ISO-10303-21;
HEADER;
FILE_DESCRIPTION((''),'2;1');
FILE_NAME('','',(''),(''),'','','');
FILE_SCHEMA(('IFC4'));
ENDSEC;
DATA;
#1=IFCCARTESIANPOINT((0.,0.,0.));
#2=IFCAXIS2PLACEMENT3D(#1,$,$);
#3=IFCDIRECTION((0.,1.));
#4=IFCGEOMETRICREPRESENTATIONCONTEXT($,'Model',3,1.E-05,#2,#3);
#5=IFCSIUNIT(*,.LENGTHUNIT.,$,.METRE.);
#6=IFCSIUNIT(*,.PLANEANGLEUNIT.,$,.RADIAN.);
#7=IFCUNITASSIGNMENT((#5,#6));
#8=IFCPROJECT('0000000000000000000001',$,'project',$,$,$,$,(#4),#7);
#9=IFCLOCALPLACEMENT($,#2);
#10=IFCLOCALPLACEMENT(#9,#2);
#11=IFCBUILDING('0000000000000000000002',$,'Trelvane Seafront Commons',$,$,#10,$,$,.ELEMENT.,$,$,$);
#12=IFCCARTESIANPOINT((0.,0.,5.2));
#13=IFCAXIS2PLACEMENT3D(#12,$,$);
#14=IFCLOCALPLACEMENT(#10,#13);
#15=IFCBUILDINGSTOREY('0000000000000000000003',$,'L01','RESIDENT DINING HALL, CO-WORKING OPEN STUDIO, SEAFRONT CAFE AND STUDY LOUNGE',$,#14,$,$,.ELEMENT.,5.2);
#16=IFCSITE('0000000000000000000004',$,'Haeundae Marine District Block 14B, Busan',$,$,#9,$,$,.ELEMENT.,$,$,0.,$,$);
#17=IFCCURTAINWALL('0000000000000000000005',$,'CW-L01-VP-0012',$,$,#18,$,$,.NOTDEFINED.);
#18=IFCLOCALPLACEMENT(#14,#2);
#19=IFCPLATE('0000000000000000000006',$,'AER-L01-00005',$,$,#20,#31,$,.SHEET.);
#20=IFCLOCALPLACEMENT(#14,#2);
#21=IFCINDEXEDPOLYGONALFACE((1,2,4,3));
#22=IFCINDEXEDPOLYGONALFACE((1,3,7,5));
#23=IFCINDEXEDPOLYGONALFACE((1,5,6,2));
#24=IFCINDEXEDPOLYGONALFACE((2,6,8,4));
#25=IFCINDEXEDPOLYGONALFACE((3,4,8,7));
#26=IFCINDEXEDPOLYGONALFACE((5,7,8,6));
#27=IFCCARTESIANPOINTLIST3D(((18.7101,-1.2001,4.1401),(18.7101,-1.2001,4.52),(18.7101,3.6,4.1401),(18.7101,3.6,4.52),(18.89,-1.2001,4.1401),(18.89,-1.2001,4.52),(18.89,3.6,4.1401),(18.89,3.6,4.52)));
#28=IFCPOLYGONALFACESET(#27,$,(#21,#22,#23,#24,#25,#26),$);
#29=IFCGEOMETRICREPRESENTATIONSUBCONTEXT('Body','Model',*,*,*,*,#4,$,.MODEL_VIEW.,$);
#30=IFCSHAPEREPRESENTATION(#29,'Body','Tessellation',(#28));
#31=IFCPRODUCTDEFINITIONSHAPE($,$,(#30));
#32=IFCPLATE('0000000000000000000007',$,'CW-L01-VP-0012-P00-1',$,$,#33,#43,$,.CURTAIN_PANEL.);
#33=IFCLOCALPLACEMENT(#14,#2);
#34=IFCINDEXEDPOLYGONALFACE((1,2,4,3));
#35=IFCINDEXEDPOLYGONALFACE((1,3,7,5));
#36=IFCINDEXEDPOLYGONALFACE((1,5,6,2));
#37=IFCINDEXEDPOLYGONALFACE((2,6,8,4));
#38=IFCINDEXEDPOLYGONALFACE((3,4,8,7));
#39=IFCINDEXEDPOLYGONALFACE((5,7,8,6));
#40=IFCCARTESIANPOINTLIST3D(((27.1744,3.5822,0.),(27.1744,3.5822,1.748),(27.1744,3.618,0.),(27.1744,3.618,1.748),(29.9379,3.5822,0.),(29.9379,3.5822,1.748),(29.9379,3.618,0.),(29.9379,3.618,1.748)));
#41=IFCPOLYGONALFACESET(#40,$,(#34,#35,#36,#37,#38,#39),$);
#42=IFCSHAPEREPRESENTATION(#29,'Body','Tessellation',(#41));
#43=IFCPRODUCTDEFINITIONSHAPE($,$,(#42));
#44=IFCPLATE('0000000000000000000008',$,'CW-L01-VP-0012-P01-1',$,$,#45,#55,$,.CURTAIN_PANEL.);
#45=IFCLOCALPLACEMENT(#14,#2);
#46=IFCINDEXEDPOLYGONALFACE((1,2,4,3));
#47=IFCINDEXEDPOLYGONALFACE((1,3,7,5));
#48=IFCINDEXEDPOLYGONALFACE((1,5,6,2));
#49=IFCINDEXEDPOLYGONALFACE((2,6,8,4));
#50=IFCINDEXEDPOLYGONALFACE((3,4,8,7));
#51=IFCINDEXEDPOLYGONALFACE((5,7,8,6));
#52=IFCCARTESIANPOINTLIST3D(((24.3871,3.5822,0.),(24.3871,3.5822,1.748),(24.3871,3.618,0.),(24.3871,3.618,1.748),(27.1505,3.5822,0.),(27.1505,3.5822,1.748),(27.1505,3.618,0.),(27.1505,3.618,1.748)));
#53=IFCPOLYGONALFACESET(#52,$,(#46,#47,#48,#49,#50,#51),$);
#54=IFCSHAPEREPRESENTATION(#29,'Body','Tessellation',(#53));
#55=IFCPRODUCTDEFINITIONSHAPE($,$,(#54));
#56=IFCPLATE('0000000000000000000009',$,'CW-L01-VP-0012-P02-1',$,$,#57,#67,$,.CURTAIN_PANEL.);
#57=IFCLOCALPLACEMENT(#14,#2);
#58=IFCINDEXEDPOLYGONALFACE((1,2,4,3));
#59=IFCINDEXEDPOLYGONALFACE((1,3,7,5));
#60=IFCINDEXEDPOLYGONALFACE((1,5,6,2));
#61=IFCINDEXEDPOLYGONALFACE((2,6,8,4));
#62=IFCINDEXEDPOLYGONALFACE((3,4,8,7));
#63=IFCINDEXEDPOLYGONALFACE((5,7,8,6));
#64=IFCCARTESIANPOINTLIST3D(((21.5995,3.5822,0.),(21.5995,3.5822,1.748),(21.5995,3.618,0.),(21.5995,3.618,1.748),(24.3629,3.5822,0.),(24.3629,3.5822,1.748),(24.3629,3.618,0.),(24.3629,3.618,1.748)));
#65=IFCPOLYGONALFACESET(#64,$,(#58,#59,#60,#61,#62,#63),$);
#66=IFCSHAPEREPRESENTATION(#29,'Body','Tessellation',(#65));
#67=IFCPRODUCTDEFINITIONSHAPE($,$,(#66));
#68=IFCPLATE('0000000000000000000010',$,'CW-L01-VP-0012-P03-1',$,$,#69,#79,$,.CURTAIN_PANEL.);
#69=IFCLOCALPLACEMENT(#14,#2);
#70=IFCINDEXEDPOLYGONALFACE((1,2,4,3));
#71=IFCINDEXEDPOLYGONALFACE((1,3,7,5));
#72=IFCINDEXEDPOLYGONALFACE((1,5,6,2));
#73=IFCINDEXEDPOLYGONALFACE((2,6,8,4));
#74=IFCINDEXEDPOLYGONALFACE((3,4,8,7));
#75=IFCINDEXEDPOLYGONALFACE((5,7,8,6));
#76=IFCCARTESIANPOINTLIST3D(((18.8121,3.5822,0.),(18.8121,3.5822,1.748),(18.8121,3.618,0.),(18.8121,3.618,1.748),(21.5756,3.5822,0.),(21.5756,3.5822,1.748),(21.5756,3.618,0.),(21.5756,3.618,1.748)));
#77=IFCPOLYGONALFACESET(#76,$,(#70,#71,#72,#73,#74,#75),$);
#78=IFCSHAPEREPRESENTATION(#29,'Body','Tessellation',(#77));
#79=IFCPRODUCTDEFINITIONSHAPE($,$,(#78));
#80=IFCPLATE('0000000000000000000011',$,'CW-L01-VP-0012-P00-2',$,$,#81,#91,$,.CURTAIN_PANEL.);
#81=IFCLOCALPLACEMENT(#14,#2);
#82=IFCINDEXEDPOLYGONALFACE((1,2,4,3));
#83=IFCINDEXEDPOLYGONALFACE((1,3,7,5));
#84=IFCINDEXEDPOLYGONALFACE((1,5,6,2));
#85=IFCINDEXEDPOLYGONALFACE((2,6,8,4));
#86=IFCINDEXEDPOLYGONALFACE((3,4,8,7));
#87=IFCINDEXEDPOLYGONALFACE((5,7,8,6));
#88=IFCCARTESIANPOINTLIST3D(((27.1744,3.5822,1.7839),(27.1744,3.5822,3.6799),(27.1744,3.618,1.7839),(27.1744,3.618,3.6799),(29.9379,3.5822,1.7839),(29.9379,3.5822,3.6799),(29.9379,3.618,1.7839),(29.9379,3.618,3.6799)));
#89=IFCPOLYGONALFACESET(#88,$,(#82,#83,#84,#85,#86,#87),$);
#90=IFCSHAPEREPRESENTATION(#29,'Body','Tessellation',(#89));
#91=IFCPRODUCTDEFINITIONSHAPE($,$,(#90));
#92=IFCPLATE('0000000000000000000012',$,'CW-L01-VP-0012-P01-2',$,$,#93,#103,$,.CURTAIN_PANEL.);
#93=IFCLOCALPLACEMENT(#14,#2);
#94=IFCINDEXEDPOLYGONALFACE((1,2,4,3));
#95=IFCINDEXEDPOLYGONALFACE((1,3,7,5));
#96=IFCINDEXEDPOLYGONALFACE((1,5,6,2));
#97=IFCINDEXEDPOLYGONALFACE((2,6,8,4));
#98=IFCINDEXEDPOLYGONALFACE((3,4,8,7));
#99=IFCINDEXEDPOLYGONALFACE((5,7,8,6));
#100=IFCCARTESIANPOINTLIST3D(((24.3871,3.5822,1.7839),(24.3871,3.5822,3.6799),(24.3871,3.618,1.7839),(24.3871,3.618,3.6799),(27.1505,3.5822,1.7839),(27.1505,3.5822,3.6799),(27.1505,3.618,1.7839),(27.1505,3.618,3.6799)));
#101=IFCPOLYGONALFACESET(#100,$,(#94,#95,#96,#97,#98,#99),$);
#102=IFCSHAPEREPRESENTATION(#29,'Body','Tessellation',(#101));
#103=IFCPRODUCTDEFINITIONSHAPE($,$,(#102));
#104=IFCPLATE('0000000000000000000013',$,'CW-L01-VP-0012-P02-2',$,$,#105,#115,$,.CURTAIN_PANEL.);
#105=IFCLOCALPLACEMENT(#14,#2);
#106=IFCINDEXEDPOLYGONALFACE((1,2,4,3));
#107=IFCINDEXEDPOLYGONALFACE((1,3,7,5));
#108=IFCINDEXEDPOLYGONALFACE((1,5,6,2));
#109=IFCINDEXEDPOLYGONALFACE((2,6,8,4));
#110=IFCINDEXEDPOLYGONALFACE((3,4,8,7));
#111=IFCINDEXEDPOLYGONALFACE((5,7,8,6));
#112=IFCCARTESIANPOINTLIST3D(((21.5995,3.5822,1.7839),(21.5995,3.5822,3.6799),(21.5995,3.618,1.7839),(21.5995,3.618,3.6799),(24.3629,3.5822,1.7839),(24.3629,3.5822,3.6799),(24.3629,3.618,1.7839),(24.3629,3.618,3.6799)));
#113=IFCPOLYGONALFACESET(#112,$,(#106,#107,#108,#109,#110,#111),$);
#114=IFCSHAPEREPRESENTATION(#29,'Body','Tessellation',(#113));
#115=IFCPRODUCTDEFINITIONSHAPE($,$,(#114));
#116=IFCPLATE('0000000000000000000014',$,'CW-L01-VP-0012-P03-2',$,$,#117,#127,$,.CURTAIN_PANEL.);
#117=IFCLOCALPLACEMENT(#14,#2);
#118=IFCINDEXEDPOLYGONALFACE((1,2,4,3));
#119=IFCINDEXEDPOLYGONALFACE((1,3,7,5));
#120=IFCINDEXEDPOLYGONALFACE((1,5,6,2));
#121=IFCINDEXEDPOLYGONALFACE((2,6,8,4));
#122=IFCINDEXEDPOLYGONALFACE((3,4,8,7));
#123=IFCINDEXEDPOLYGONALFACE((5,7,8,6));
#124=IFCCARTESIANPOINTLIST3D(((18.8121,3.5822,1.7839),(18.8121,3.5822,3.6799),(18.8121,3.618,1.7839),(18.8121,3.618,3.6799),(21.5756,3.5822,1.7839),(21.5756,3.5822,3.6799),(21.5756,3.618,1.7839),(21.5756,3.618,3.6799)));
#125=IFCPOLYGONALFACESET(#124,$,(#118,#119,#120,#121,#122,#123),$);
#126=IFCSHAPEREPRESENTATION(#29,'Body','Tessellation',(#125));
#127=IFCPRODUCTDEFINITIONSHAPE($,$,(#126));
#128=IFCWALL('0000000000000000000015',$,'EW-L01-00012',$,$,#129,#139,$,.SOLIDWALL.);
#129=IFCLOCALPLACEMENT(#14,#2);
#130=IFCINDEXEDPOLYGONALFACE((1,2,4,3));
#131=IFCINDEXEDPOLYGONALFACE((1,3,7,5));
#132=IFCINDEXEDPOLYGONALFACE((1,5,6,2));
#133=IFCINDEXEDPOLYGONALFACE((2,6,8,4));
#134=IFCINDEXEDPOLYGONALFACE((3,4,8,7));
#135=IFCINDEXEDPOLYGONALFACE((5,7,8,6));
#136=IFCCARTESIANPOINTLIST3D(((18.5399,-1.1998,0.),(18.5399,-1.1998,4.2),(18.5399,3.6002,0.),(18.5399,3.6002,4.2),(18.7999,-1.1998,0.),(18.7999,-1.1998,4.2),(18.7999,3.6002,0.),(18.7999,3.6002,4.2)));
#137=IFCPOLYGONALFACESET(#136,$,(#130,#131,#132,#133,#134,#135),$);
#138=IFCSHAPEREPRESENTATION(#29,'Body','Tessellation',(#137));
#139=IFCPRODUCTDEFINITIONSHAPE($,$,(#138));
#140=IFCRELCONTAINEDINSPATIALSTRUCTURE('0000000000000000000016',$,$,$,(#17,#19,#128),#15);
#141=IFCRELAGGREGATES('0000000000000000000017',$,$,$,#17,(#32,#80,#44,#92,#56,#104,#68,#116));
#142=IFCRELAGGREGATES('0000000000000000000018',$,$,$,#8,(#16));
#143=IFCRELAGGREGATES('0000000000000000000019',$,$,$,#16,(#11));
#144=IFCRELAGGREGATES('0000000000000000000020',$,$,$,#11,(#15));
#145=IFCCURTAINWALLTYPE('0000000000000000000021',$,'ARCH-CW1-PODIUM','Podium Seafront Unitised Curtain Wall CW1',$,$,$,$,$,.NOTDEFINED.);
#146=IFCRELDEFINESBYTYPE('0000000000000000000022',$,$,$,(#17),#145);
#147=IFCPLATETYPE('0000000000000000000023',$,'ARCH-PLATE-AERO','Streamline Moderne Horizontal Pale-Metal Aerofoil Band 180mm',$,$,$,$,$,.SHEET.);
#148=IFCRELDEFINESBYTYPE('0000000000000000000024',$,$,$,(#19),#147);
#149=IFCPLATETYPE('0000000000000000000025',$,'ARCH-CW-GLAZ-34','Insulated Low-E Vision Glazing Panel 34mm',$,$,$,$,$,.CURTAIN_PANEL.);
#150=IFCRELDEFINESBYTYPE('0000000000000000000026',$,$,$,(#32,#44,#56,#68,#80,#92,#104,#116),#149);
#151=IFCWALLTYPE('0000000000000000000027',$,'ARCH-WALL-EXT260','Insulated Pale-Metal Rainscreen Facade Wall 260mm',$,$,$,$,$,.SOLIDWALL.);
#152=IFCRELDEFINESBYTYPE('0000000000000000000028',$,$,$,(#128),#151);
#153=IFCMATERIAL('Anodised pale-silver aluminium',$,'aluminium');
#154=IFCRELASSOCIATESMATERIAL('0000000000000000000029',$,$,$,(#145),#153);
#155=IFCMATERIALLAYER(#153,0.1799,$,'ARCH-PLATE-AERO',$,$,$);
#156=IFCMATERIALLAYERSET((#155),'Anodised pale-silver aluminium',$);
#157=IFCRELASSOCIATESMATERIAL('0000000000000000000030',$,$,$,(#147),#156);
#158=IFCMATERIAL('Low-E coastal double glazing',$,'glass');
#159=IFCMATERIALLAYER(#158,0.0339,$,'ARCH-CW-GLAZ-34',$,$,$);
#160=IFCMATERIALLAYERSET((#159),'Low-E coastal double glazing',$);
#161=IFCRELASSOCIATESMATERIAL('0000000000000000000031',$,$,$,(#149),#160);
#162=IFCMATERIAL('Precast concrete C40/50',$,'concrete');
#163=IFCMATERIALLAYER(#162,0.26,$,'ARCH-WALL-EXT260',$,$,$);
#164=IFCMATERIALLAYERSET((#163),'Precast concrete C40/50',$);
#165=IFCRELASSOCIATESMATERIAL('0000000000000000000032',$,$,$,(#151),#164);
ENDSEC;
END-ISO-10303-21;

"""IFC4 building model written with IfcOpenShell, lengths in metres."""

from ifc_helpers import new_model, si_unit, direction, frame, frame_2d, origin, origin_2d, place, context, subcontext, project, spatial, rectangle, extrude, source, transform, mapped, material, layer, layer_set, type_object, element, aggregate, save


model = new_model("IFC4")

# Units and contexts
model_context = context("Model", 3, precision=1e-05, world=origin(), true_north=direction((0.0, 1.0)))
body_context = subcontext(model_context, "Body", "Model", "MODEL_VIEW")
ifc_project = project(units=[si_unit("LENGTHUNIT", "METRE"), si_unit("PLANEANGLEUNIT", "RADIAN")], contexts=[model_context])

# Site, building, storey
site_placement = place(None, origin())
site = spatial("IfcSite", under=ifc_project, at=site_placement, Name="Haeundae Marine District Block 14B, Busan", CompositionType="ELEMENT", RefElevation=0.0)
building_placement = place(site_placement, origin())
building = spatial("IfcBuilding", under=site, at=building_placement, Name="Trelvane Seafront Commons", CompositionType="ELEMENT")
storey_placement = place(building_placement, frame((0.0, 0.0, 5.2)))
storey = spatial("IfcBuildingStorey", under=building, at=storey_placement, Name="L01", Description="RESIDENT DINING HALL, CO-WORKING OPEN STUDIO, SEAFRONT CAFE AND STUDY LOUNGE", CompositionType="ELEMENT", Elevation=5.2)

# Curtain wall
ifc_material_1 = material(Name="Anodised pale-silver aluminium", Category="aluminium")
curtain_wall_type = type_object("IfcCurtainWallType", Name="ARCH-CW1-PODIUM", Description="Podium Seafront Unitised Curtain Wall CW1", PredefinedType="NOTDEFINED", material=ifc_material_1)
curtain_wall_placement = place(storey_placement, origin())
curtain_wall = element("IfcCurtainWall", 1, at=curtain_wall_placement, inside=storey, type_object=curtain_wall_type, Name="CW-L01-VP-0012", PredefinedType="NOTDEFINED")

# Plate
ifc_layer_1 = layer(ifc_material_1, 0.1799, Name="ARCH-PLATE-AERO")
ifc_layer_set_1 = layer_set([ifc_layer_1], Name="Anodised pale-silver aluminium")
plate_type_1 = type_object("IfcPlateType", Name="ARCH-PLATE-AERO", Description="Streamline Moderne Horizontal Pale-Metal Aerofoil Band 180mm", PredefinedType="SHEET", material=ifc_layer_set_1)
shared_shape_1 = source(origin(), body_context, "Body", "SweptSolid", [
    extrude(rectangle(XDim=4.8, YDim=0.1799, at=origin_2d()), origin(), (0.0, 0.0, 1.0), 0.3799),
])
plate_1_placement = place(storey_placement, frame((18.8, 1.2, 4.1401), z_axis=(0.0, 0.0, 1.0), x_axis=(0.0, -1.0, 0.0)))
element("IfcPlate", 2, at=plate_1_placement, inside=storey, type_object=plate_type_1, Name="AER-L01-00005", PredefinedType="SHEET", context=body_context, shape_type="MappedRepresentation", body=[
    mapped(shared_shape_1, transform((0.0, 0.0, 0.0), x_axis=(1.0, 0.0, 0.0), y_axis=(0.0, 1.0, 0.0), z_axis=(0.0, 0.0, 1.0), scale=1.0)),
])

# Plates
ifc_material_2 = material(Name="Low-E coastal double glazing", Category="glass")
ifc_layer_2 = layer(ifc_material_2, 0.0339, Name="ARCH-CW-GLAZ-34")
ifc_layer_set_2 = layer_set([ifc_layer_2], Name="Low-E coastal double glazing")
plate_type_2 = type_object("IfcPlateType", Name="ARCH-CW-GLAZ-34", Description="Insulated Low-E Vision Glazing Panel 34mm", PredefinedType="CURTAIN_PANEL", material=ifc_layer_set_2)
shared_shape_2 = source(origin(), body_context, "Body", "SweptSolid", [
    extrude(rectangle(XDim=2.7634, YDim=0.0359, at=origin_2d()), origin(), (0.0, 0.0, 1.0), 1.748),
])
plate_2_placement = place(storey_placement, frame((28.5562, 3.6001, 0.0), z_axis=(0.0, 0.0, 1.0), x_axis=(-1.0, 0.0, 0.0)))
plate_2 = element("IfcPlate", 3, at=plate_2_placement, type_object=plate_type_2, Name="CW-L01-VP-0012-P00-1", PredefinedType="CURTAIN_PANEL", context=body_context, shape_type="MappedRepresentation", body=[
    mapped(shared_shape_2, transform((0.0, 0.0, 0.0), x_axis=(1.0, 0.0, 0.0), y_axis=(0.0, 1.0, 0.0), z_axis=(0.0, 0.0, 1.0), scale=1.0)),
])
plate_3_placement = place(storey_placement, frame((25.7688, 3.6001, 0.0), z_axis=(0.0, 0.0, 1.0), x_axis=(-1.0, 0.0, 0.0)))
plate_3 = element("IfcPlate", 4, at=plate_3_placement, type_object=plate_type_2, Name="CW-L01-VP-0012-P01-1", PredefinedType="CURTAIN_PANEL", context=body_context, shape_type="MappedRepresentation", body=[
    mapped(shared_shape_2, transform((0.0, 0.0, 0.0), x_axis=(1.0, 0.0, 0.0), y_axis=(0.0, 1.0, 0.0), z_axis=(0.0, 0.0, 1.0), scale=1.0)),
])
plate_4_placement = place(storey_placement, frame((22.9812, 3.6001, 0.0), z_axis=(0.0, 0.0, 1.0), x_axis=(-1.0, 0.0, 0.0)))
plate_4 = element("IfcPlate", 5, at=plate_4_placement, type_object=plate_type_2, Name="CW-L01-VP-0012-P02-1", PredefinedType="CURTAIN_PANEL", context=body_context, shape_type="MappedRepresentation", body=[
    mapped(shared_shape_2, transform((0.0, 0.0, 0.0), x_axis=(1.0, 0.0, 0.0), y_axis=(0.0, 1.0, 0.0), z_axis=(0.0, 0.0, 1.0), scale=1.0)),
])
plate_5_placement = place(storey_placement, frame((20.1938, 3.6001, 0.0), z_axis=(0.0, 0.0, 1.0), x_axis=(-1.0, 0.0, 0.0)))
plate_5 = element("IfcPlate", 6, at=plate_5_placement, type_object=plate_type_2, Name="CW-L01-VP-0012-P03-1", PredefinedType="CURTAIN_PANEL", context=body_context, shape_type="MappedRepresentation", body=[
    mapped(shared_shape_2, transform((0.0, 0.0, 0.0), x_axis=(1.0, 0.0, 0.0), y_axis=(0.0, 1.0, 0.0), z_axis=(0.0, 0.0, 1.0), scale=1.0)),
])
shared_shape_3 = source(origin(), body_context, "Body", "SweptSolid", [
    extrude(rectangle(XDim=2.7634, YDim=0.0359, at=origin_2d()), origin(), (0.0, 0.0, 1.0), 1.896),
])
plate_6_placement = place(storey_placement, frame((28.5562, 3.6001, 1.7839), z_axis=(0.0, 0.0, 1.0), x_axis=(-1.0, 0.0, 0.0)))
plate_6 = element("IfcPlate", 7, at=plate_6_placement, type_object=plate_type_2, Name="CW-L01-VP-0012-P00-2", PredefinedType="CURTAIN_PANEL", context=body_context, shape_type="MappedRepresentation", body=[
    mapped(shared_shape_3, transform((0.0, 0.0, 0.0), x_axis=(1.0, 0.0, 0.0), y_axis=(0.0, 1.0, 0.0), z_axis=(0.0, 0.0, 1.0), scale=1.0)),
])
plate_7_placement = place(storey_placement, frame((25.7688, 3.6001, 1.7839), z_axis=(0.0, 0.0, 1.0), x_axis=(-1.0, 0.0, 0.0)))
plate_7 = element("IfcPlate", 8, at=plate_7_placement, type_object=plate_type_2, Name="CW-L01-VP-0012-P01-2", PredefinedType="CURTAIN_PANEL", context=body_context, shape_type="MappedRepresentation", body=[
    mapped(shared_shape_3, transform((0.0, 0.0, 0.0), x_axis=(1.0, 0.0, 0.0), y_axis=(0.0, 1.0, 0.0), z_axis=(0.0, 0.0, 1.0), scale=1.0)),
])
plate_8_placement = place(storey_placement, frame((22.9812, 3.6001, 1.7839), z_axis=(0.0, 0.0, 1.0), x_axis=(-1.0, 0.0, 0.0)))
plate_8 = element("IfcPlate", 9, at=plate_8_placement, type_object=plate_type_2, Name="CW-L01-VP-0012-P02-2", PredefinedType="CURTAIN_PANEL", context=body_context, shape_type="MappedRepresentation", body=[
    mapped(shared_shape_3, transform((0.0, 0.0, 0.0), x_axis=(1.0, 0.0, 0.0), y_axis=(0.0, 1.0, 0.0), z_axis=(0.0, 0.0, 1.0), scale=1.0)),
])
plate_9_placement = place(storey_placement, frame((20.1938, 3.6001, 1.7839), z_axis=(0.0, 0.0, 1.0), x_axis=(-1.0, 0.0, 0.0)))
plate_9 = element("IfcPlate", 10, at=plate_9_placement, type_object=plate_type_2, Name="CW-L01-VP-0012-P03-2", PredefinedType="CURTAIN_PANEL", context=body_context, shape_type="MappedRepresentation", body=[
    mapped(shared_shape_3, transform((0.0, 0.0, 0.0), x_axis=(1.0, 0.0, 0.0), y_axis=(0.0, 1.0, 0.0), z_axis=(0.0, 0.0, 1.0), scale=1.0)),
])
aggregate(curtain_wall, [plate_2, plate_6, plate_3, plate_7, plate_4, plate_8, plate_5, plate_9])

# Wall
ifc_material_3 = material(Name="Precast concrete C40/50", Category="concrete")
ifc_layer_3 = layer(ifc_material_3, 0.26, Name="ARCH-WALL-EXT260")
ifc_layer_set_3 = layer_set([ifc_layer_3], Name="Precast concrete C40/50")
wall_type = type_object("IfcWallType", Name="ARCH-WALL-EXT260", Description="Insulated Pale-Metal Rainscreen Facade Wall 260mm", PredefinedType="SOLIDWALL", material=ifc_layer_set_3)
wall_1_placement = place(storey_placement, frame((18.6699, 3.6001, 0.0), z_axis=(0.0, 0.0, 1.0), x_axis=(0.0, -1.0, 0.0)))
element("IfcWall", 11, at=wall_1_placement, inside=storey, type_object=wall_type, Name="EW-L01-00012", PredefinedType="SOLIDWALL", context=body_context, shape_type="SweptSolid", body=[
    extrude(rectangle(XDim=4.8, YDim=0.26, at=frame_2d((2.3999, 0.0))), origin(), (0.0, 0.0, 1.0), 4.2),
])

save(model, "model.ifc")
